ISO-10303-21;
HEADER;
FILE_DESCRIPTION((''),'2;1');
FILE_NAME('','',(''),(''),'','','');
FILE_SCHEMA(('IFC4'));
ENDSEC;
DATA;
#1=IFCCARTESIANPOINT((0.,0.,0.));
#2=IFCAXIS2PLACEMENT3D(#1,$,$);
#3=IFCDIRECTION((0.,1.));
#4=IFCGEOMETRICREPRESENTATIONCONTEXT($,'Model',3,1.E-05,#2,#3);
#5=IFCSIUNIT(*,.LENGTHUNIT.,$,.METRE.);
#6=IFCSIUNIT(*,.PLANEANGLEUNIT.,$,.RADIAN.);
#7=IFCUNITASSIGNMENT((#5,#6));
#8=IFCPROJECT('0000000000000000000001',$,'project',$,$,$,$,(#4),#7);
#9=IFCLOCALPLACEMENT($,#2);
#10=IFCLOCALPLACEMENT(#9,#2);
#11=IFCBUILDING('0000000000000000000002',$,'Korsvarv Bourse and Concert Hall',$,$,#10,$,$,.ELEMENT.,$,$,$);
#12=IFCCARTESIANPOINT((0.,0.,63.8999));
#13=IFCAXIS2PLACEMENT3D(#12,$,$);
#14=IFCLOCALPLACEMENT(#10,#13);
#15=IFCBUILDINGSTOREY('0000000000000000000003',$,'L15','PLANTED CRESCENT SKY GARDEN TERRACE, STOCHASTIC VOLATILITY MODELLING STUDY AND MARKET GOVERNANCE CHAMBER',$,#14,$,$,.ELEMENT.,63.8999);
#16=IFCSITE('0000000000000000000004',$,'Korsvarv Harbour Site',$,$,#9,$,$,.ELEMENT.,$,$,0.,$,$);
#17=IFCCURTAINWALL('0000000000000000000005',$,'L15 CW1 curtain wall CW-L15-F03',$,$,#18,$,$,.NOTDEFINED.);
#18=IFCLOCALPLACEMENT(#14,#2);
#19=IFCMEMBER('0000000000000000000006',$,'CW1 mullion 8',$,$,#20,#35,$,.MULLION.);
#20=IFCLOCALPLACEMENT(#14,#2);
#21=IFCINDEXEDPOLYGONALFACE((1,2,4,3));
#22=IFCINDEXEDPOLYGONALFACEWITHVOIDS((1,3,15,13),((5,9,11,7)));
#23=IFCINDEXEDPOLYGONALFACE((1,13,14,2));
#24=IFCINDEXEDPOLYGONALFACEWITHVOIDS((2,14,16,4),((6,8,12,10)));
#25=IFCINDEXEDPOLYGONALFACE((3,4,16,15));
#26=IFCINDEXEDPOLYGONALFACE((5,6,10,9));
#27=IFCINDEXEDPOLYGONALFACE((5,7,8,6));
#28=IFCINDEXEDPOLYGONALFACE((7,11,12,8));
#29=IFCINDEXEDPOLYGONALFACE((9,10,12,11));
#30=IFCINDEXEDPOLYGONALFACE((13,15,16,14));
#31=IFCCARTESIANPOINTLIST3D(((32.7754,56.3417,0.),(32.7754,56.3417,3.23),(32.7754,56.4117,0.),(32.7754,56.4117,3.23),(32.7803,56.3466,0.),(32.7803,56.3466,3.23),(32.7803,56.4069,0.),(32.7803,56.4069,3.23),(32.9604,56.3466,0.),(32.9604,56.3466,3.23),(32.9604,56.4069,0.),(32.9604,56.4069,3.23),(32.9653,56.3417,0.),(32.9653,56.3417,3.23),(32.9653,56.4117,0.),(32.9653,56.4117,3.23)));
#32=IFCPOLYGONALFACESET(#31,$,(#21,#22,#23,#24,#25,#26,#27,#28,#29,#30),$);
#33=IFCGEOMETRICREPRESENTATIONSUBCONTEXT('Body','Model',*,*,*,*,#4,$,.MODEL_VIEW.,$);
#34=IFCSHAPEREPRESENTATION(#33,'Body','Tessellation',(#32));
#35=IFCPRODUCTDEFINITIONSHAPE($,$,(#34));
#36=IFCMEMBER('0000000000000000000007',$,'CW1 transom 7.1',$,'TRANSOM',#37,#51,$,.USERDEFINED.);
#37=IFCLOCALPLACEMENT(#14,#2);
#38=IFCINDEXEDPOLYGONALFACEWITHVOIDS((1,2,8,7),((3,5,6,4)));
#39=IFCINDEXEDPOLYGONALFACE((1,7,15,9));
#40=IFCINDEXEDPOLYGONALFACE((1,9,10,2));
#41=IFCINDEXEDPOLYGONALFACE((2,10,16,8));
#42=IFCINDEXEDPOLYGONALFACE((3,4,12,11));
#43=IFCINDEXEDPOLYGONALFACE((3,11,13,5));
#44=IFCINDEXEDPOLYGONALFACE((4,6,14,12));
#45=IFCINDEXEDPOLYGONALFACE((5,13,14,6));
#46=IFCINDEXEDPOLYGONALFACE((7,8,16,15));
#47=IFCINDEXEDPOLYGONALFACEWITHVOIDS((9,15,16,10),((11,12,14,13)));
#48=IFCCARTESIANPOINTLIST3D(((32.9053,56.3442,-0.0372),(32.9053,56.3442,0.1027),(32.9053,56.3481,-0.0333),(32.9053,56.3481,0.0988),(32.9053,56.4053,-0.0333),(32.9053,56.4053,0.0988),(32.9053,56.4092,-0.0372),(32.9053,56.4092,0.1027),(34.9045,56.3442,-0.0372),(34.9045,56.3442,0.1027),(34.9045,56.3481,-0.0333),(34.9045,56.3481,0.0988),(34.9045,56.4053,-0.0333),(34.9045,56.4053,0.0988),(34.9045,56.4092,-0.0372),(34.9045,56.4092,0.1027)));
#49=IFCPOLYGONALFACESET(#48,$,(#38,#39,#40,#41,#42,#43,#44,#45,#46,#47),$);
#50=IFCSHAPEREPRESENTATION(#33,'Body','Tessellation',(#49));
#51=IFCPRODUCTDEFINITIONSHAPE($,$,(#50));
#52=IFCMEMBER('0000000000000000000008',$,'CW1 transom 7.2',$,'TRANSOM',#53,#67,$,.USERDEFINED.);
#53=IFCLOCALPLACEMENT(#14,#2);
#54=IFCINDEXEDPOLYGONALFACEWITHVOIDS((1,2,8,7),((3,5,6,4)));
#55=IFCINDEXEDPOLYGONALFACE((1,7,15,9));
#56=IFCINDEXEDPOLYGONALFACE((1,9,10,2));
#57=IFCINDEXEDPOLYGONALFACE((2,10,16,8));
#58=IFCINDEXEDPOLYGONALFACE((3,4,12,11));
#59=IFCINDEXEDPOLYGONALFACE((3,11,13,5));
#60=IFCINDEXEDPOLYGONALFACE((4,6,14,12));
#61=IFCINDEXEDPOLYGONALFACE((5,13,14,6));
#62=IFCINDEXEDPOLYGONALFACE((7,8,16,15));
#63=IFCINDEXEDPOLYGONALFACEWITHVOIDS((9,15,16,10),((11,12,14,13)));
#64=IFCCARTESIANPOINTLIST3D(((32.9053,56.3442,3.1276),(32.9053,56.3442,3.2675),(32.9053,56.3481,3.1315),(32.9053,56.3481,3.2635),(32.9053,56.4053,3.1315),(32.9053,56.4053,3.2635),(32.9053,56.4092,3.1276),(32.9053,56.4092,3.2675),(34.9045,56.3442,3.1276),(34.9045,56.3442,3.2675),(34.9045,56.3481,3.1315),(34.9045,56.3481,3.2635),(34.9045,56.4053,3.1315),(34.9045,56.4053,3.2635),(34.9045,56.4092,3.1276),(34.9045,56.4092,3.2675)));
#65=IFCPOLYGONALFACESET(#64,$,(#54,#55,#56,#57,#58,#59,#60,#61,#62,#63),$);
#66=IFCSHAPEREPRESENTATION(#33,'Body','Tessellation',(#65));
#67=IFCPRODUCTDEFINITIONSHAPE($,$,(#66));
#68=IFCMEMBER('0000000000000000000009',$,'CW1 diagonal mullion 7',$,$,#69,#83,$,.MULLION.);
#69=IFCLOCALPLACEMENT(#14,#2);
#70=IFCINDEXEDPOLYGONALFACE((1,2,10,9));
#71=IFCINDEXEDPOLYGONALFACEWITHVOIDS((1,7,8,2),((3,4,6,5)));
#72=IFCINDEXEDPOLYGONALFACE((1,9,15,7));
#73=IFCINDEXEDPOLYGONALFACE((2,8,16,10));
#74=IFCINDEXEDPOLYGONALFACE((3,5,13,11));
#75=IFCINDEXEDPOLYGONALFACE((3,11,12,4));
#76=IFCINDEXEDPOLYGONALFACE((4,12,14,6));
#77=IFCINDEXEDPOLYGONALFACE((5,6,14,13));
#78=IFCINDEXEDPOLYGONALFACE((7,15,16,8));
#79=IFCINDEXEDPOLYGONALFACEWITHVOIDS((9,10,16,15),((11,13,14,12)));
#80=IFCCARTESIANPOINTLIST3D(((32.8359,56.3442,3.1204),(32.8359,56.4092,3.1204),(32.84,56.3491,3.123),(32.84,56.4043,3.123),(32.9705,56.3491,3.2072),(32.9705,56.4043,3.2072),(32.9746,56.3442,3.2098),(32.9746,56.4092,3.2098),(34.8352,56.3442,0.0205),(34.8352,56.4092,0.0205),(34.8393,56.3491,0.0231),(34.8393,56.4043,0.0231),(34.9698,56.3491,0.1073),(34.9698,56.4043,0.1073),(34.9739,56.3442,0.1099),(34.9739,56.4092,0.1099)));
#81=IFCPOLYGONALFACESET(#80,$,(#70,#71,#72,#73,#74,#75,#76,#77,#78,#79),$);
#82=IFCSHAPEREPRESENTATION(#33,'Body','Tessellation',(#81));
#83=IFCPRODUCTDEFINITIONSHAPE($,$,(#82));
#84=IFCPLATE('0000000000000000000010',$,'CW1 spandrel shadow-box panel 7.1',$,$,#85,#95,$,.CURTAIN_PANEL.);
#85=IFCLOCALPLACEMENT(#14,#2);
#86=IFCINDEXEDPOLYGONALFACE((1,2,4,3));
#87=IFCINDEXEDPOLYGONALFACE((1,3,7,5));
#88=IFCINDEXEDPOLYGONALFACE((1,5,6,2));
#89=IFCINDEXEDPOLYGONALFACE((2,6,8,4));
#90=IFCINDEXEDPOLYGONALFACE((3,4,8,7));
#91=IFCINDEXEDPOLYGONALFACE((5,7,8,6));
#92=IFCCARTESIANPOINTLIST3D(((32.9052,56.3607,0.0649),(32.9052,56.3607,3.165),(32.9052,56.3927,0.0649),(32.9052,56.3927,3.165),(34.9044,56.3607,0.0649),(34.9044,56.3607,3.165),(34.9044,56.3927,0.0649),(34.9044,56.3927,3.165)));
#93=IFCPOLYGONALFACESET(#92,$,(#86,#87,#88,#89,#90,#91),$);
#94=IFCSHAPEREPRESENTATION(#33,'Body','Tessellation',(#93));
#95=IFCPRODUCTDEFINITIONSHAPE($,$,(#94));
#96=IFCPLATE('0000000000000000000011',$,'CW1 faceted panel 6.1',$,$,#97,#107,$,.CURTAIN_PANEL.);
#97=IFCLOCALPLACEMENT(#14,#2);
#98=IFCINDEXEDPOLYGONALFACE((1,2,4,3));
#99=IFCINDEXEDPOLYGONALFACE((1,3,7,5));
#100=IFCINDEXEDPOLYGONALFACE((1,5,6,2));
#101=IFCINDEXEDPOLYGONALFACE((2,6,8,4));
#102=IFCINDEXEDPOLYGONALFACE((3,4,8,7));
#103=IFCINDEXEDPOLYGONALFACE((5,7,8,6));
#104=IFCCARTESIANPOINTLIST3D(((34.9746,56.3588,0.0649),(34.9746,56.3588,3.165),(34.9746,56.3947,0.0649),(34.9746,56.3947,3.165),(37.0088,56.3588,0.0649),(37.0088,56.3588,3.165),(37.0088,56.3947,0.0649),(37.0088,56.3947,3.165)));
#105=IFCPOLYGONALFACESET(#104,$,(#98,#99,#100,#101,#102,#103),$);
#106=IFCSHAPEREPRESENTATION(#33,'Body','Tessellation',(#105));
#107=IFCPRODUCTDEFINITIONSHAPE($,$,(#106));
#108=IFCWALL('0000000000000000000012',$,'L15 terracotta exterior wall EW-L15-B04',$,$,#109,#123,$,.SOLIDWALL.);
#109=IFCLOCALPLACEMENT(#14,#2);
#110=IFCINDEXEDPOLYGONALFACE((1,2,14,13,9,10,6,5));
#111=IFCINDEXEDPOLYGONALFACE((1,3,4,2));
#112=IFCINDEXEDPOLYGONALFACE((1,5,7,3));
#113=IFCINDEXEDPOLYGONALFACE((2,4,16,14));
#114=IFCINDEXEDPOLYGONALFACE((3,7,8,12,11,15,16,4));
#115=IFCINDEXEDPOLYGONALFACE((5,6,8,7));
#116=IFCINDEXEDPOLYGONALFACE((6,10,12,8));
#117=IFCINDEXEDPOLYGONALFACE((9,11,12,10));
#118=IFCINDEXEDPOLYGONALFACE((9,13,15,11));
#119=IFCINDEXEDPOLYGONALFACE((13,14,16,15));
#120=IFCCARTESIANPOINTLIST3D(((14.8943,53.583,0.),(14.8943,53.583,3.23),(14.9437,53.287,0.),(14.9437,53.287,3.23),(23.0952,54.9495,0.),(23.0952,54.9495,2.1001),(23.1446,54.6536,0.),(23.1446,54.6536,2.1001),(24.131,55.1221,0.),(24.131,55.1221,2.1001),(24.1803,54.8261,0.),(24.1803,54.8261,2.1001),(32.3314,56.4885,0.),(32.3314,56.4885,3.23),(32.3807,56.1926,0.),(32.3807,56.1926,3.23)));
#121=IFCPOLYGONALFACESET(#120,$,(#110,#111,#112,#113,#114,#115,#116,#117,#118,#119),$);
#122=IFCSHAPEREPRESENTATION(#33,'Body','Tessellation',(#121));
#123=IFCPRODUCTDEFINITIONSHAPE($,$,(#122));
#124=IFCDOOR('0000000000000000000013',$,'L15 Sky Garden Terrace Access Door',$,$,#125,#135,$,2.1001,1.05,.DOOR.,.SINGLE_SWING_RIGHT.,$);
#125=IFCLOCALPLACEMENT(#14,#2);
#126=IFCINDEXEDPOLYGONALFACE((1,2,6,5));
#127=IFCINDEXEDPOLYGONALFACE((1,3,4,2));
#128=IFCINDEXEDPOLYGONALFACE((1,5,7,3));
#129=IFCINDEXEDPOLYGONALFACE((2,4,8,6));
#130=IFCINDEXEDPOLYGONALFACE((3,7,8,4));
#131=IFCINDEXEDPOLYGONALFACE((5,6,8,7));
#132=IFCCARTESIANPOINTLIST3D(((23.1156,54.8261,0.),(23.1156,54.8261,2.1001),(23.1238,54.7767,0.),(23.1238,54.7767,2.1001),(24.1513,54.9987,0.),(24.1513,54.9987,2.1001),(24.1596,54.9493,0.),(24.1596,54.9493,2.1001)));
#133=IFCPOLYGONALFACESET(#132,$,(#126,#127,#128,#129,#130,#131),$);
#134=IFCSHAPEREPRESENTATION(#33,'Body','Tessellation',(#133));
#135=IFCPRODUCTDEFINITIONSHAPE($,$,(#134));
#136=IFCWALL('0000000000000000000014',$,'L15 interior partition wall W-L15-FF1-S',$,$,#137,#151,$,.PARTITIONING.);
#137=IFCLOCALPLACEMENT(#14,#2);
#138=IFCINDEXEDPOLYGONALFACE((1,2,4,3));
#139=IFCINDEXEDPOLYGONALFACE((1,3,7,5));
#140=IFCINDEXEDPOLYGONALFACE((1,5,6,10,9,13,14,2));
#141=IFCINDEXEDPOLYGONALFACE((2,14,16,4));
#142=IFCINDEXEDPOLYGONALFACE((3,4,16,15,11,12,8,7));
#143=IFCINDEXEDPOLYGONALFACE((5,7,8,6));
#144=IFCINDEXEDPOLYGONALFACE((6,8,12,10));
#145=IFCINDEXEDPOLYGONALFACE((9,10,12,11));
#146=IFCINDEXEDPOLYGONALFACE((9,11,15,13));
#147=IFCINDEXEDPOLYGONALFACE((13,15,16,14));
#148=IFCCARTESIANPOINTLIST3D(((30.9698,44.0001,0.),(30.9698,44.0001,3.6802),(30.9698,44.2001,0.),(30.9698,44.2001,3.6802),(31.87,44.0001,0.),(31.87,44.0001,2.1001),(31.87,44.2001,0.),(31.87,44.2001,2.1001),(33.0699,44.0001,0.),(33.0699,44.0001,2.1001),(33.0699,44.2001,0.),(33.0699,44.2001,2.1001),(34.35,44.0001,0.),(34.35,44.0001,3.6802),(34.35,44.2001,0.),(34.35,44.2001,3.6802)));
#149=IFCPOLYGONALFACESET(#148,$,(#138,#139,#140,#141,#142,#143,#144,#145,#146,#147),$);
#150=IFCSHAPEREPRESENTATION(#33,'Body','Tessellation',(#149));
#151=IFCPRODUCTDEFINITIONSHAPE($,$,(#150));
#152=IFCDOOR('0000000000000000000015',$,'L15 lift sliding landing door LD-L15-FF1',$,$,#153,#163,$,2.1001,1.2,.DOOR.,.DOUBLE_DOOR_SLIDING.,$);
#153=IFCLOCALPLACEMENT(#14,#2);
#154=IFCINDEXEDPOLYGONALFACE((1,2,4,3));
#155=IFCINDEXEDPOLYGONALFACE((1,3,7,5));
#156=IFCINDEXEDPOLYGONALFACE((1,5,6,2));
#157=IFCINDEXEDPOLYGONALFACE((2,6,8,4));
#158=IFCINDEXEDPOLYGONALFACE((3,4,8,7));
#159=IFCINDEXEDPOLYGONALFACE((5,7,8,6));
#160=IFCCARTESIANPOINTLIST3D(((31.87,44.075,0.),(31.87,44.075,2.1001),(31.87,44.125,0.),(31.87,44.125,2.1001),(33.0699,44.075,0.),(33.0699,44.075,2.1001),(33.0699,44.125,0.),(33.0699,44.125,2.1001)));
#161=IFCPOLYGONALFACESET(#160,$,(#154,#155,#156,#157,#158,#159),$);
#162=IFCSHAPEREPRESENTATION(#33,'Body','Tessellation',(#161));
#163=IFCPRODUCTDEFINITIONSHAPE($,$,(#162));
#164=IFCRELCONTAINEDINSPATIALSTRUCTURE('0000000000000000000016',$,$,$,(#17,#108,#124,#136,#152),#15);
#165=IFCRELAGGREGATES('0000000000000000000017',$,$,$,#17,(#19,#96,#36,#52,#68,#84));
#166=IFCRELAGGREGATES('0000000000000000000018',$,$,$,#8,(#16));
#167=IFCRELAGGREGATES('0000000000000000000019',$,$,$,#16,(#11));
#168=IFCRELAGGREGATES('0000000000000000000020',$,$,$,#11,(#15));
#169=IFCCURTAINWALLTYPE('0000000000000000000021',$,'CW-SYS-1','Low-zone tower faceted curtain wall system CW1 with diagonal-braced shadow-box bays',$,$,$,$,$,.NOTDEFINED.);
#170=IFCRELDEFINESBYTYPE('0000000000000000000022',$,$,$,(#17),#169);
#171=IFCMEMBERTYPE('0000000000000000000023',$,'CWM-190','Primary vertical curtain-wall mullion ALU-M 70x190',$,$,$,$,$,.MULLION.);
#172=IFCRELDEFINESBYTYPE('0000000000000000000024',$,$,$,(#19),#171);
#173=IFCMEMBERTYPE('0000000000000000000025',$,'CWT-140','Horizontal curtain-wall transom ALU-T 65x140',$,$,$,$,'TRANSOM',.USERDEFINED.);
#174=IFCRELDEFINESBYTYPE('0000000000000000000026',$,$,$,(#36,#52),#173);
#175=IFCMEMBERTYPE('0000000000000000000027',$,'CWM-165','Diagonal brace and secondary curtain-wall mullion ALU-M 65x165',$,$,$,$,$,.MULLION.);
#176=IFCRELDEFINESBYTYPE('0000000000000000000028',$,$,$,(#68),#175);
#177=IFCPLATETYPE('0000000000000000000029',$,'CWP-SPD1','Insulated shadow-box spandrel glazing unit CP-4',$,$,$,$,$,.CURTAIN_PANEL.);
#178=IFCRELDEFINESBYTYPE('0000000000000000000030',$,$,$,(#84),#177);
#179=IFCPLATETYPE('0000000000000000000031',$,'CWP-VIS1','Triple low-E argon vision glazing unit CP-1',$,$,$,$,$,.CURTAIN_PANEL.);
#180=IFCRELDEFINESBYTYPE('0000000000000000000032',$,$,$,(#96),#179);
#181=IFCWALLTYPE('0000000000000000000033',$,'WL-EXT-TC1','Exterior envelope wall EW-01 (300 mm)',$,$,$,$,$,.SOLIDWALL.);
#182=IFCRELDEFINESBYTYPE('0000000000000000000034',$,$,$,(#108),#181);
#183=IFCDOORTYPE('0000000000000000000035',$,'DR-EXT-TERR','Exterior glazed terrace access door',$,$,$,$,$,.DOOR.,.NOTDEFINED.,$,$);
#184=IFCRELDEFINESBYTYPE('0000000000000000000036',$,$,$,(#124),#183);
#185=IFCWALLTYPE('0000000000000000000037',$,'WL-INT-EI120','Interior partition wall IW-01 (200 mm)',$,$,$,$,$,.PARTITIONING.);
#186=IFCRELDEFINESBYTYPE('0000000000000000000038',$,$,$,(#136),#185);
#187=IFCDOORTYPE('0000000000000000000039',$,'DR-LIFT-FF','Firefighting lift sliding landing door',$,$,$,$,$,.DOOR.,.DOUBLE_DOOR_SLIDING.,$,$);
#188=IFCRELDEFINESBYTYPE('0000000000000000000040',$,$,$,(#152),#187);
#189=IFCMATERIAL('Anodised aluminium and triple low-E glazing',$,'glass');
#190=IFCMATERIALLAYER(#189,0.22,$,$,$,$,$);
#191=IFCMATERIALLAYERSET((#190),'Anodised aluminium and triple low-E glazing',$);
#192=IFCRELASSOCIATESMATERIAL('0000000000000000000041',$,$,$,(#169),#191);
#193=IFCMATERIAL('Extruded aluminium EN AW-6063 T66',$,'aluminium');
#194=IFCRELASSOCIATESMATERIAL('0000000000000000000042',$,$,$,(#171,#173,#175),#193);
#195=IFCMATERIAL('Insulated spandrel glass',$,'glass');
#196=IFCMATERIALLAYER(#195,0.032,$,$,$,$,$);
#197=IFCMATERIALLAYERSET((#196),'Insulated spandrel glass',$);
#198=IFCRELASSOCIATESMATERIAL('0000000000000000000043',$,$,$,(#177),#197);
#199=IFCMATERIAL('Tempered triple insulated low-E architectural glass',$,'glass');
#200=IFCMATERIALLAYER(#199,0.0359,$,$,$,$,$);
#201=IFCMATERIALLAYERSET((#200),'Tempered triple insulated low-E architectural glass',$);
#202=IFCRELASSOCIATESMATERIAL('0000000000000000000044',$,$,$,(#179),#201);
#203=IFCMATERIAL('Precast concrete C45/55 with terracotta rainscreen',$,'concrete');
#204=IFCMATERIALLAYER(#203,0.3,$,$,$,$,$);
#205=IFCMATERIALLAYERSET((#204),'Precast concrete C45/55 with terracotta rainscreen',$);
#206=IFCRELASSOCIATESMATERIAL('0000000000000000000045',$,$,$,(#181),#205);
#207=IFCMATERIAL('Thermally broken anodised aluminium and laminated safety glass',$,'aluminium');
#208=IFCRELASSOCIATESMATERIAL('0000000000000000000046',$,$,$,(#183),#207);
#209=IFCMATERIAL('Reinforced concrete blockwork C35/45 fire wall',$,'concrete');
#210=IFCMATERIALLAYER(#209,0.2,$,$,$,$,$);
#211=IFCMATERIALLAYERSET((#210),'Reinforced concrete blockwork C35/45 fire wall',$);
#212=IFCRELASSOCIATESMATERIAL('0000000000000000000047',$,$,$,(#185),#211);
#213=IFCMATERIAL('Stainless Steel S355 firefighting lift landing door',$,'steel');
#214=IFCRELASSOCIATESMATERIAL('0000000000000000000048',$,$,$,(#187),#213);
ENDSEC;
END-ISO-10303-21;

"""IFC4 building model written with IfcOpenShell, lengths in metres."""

from ifc_helpers import new_model, si_unit, direction, frame, frame_2d, origin, origin_2d, place, context, subcontext, project, spatial, rectangle, hollow_rectangle, extrude, source, transform, mapped, material, layer, layer_set, material_profile, profile_set, type_object, element, fill, aggregate, save


model = new_model("IFC4")

# Units and contexts
model_context = context("Model", 3, precision=1e-05, world=origin(), true_north=direction((0.0, 1.0)))
body_context = subcontext(model_context, "Body", "Model", "MODEL_VIEW")
ifc_project = project(units=[si_unit("LENGTHUNIT", "METRE"), si_unit("PLANEANGLEUNIT", "RADIAN")], contexts=[model_context])

# Site, building, storey
site_placement = place(None, origin())
site = spatial("IfcSite", under=ifc_project, at=site_placement, Name="Korsvarv Harbour Site", CompositionType="ELEMENT", RefElevation=0.0)
building_placement = place(site_placement, origin())
building = spatial("IfcBuilding", under=site, at=building_placement, Name="Korsvarv Bourse and Concert Hall", CompositionType="ELEMENT")
storey_placement = place(building_placement, frame((0.0, 0.0, 63.8999)))
storey = spatial("IfcBuildingStorey", under=building, at=storey_placement, Name="L15", Description="PLANTED CRESCENT SKY GARDEN TERRACE, STOCHASTIC VOLATILITY MODELLING STUDY AND MARKET GOVERNANCE CHAMBER", CompositionType="ELEMENT", Elevation=63.8999)

# Curtain wall, members, plates
ifc_material_1 = material(Name="Anodised aluminium and triple low-E glazing", Category="glass")
ifc_layer_1 = layer(ifc_material_1, 0.22)
ifc_layer_set_1 = layer_set([ifc_layer_1], Name="Anodised aluminium and triple low-E glazing")
curtain_wall_type = type_object("IfcCurtainWallType", Name="CW-SYS-1", Description="Low-zone tower faceted curtain wall system CW1 with diagonal-braced shadow-box bays", PredefinedType="NOTDEFINED", material=ifc_layer_set_1)
curtain_wall_placement = place(storey_placement, origin())
curtain_wall = element("IfcCurtainWall", 1, at=curtain_wall_placement, inside=storey, type_object=curtain_wall_type, Name="L15 CW1 curtain wall CW-L15-F03", PredefinedType="NOTDEFINED")
ifc_material_2 = material(Name="Extruded aluminium EN AW-6063 T66", Category="aluminium")
ifc_material_profile_1 = material_profile(ifc_material_2, hollow_rectangle(XDim=0.0701, YDim=0.1899, WallThickness=0.0049, at=origin_2d()), Name="ALU-M 70x190")
ifc_profile_set_1 = profile_set([ifc_material_profile_1], Name="Extruded aluminium EN AW-6063 T66")
member_type_1 = type_object("IfcMemberType", Name="CWM-190", Description="Primary vertical curtain-wall mullion ALU-M 70x190", PredefinedType="MULLION", material=ifc_profile_set_1)
shared_shape_1 = source(origin(), body_context, "Body", "SweptSolid", [
    extrude(hollow_rectangle(XDim=0.0701, YDim=0.1899, WallThickness=0.0049, at=origin_2d()), origin(), (0.0, 0.0, 1.0), 3.23),
])
member_1_placement = place(storey_placement, frame((32.8704, 56.3767, 0.0), z_axis=(0.0, 0.0, 1.0), x_axis=(0.0, -1.0, 0.0)))
member_1 = element("IfcMember", 2, at=member_1_placement, type_object=member_type_1, Name="CW1 mullion 8", PredefinedType="MULLION", context=body_context, shape_type="MappedRepresentation", body=[
    mapped(shared_shape_1, transform((0.0, 0.0, 0.0), scale=1.0)),
])
ifc_material_profile_2 = material_profile(ifc_material_2, hollow_rectangle(XDim=0.0649, YDim=0.1399, WallThickness=0.0039, at=origin_2d()), Name="ALU-T 65x140")
ifc_profile_set_2 = profile_set([ifc_material_profile_2], Name="Extruded aluminium EN AW-6063 T66")
member_type_2 = type_object("IfcMemberType", Name="CWT-140", Description="Horizontal curtain-wall transom ALU-T 65x140", ElementType="TRANSOM", PredefinedType="USERDEFINED", material=ifc_profile_set_2)
shared_shape_2 = source(origin(), body_context, "Body", "SweptSolid", [
    extrude(hollow_rectangle(XDim=0.0649, YDim=0.1399, WallThickness=0.0039, at=origin_2d()), origin(), (0.0, 0.0, 1.0), 1.9993),
])
member_2_placement = place(storey_placement, frame((34.9045, 56.3767, 0.0327), z_axis=(-1.0, 0.0, 0.0), x_axis=(0.0, -1.0, 0.0)))
member_2 = element("IfcMember", 3, at=member_2_placement, type_object=member_type_2, Name="CW1 transom 7.1", ObjectType="TRANSOM", PredefinedType="USERDEFINED", context=body_context, shape_type="MappedRepresentation", body=[
    mapped(shared_shape_2, transform((0.0, 0.0, 0.0), scale=1.0)),
])
member_3_placement = place(storey_placement, frame((34.9045, 56.3767, 3.1975), z_axis=(-1.0, 0.0, 0.0), x_axis=(0.0, -1.0, 0.0)))
member_3 = element("IfcMember", 4, at=member_3_placement, type_object=member_type_2, Name="CW1 transom 7.2", ObjectType="TRANSOM", PredefinedType="USERDEFINED", context=body_context, shape_type="MappedRepresentation", body=[
    mapped(shared_shape_2, transform((0.0, 0.0, 0.0), scale=1.0)),
])
ifc_material_profile_3 = material_profile(ifc_material_2, hollow_rectangle(XDim=0.0649, YDim=0.165, WallThickness=0.0049, at=origin_2d()), Name="ALU-M 65x165")
ifc_profile_set_3 = profile_set([ifc_material_profile_3], Name="Extruded aluminium EN AW-6063 T66")
member_type_3 = type_object("IfcMemberType", Name="CWM-165", Description="Diagonal brace and secondary curtain-wall mullion ALU-M 65x165", PredefinedType="MULLION", material=ifc_profile_set_3)
shared_shape_3 = source(origin(), body_context, "Body", "SweptSolid", [
    extrude(hollow_rectangle(XDim=0.0649, YDim=0.165, WallThickness=0.0049, at=origin_2d()), origin(), (0.0, 0.0, 1.0), 3.6887),
])
member_4_placement = place(storey_placement, frame((34.9045, 56.3767, 0.0652), z_axis=(-0.542005, 0.0, 0.840375), x_axis=(0.0, -1.0, 0.0)))
member_4 = element("IfcMember", 5, at=member_4_placement, type_object=member_type_3, Name="CW1 diagonal mullion 7", PredefinedType="MULLION", context=body_context, shape_type="MappedRepresentation", body=[
    mapped(shared_shape_3, transform((0.0, 0.0, 0.0), scale=1.0)),
])
ifc_material_3 = material(Name="Insulated spandrel glass", Category="glass")
ifc_layer_2 = layer(ifc_material_3, 0.032)
ifc_layer_set_2 = layer_set([ifc_layer_2], Name="Insulated spandrel glass")
plate_type_1 = type_object("IfcPlateType", Name="CWP-SPD1", Description="Insulated shadow-box spandrel glazing unit CP-4", PredefinedType="CURTAIN_PANEL", material=ifc_layer_set_2)
shared_shape_4 = source(origin(), body_context, "Body", "SweptSolid", [
    extrude(rectangle(XDim=1.9993, YDim=0.032, at=origin_2d()), origin(), (0.0, 0.0, 1.0), 3.1001),
])
plate_1_placement = place(storey_placement, frame((33.9048, 56.3767, 0.0649), z_axis=(0.0, 0.0, 1.0), x_axis=(-1.0, 0.0, 0.0)))
plate_1 = element("IfcPlate", 6, at=plate_1_placement, type_object=plate_type_1, Name="CW1 spandrel shadow-box panel 7.1", PredefinedType="CURTAIN_PANEL", context=body_context, shape_type="MappedRepresentation", body=[
    mapped(shared_shape_4, transform((0.0, 0.0, 0.0), scale=1.0)),
])
ifc_material_4 = material(Name="Tempered triple insulated low-E architectural glass", Category="glass")
ifc_layer_3 = layer(ifc_material_4, 0.0359)
ifc_layer_set_3 = layer_set([ifc_layer_3], Name="Tempered triple insulated low-E architectural glass")
plate_type_2 = type_object("IfcPlateType", Name="CWP-VIS1", Description="Triple low-E argon vision glazing unit CP-1", PredefinedType="CURTAIN_PANEL", material=ifc_layer_set_3)
shared_shape_5 = source(origin(), body_context, "Body", "SweptSolid", [
    extrude(rectangle(XDim=2.0342, YDim=0.0359, at=origin_2d()), origin(), (0.0, 0.0, 1.0), 3.1001),
])
plate_2_placement = place(storey_placement, frame((35.9917, 56.3767, 0.0649), z_axis=(0.0, 0.0, 1.0), x_axis=(-1.0, 0.0, 0.0)))
plate_2 = element("IfcPlate", 7, at=plate_2_placement, type_object=plate_type_2, Name="CW1 faceted panel 6.1", PredefinedType="CURTAIN_PANEL", context=body_context, shape_type="MappedRepresentation", body=[
    mapped(shared_shape_5, transform((0.0, 0.0, 0.0), scale=1.0)),
])
aggregate(curtain_wall, [member_1, plate_2, member_2, member_3, member_4, plate_1])

# Walls, openings, doors
ifc_material_5 = material(Name="Precast concrete C45/55 with terracotta rainscreen", Category="concrete")
ifc_layer_4 = layer(ifc_material_5, 0.3)
ifc_layer_set_4 = layer_set([ifc_layer_4], Name="Precast concrete C45/55 with terracotta rainscreen")
wall_type_1 = type_object("IfcWallType", Name="WL-EXT-TC1", Description="Exterior envelope wall EW-01 (300 mm)", PredefinedType="SOLIDWALL", material=ifc_layer_set_4)
wall_1_placement = place(storey_placement, frame((32.3562, 56.3406, 0.0), z_axis=(0.0, 0.0, 1.0), x_axis=(-0.9864, -0.164363, 0.0)))
wall_1 = element("IfcWall", 8, at=wall_1_placement, inside=storey, type_object=wall_type_1, Name="L15 terracotta exterior wall EW-L15-B04", PredefinedType="SOLIDWALL", context=body_context, shape_type="SweptSolid", body=[
    extrude(rectangle(XDim=17.6775, YDim=0.3, at=frame_2d((8.8389, 0.0))), origin(), (0.0, 0.0, 1.0), 3.23),
])
opening_1_placement = place(wall_1_placement, frame((8.3137, 0.0, 0.0)))
opening_1 = element("IfcOpeningElement", 9, at=opening_1_placement, cuts=wall_1, PredefinedType="OPENING", context=body_context, shape_type="SweptSolid", body=[
    extrude(rectangle(XDim=1.05, YDim=2.1001, at=frame_2d((0.5249, 1.05))), frame((0.0, 0.1602, 0.0), z_axis=(0.0, -1.0, 0.0), x_axis=(1.0, 0.0, 0.0)), (0.0, 0.0, 1.0), 0.3201),
])
ifc_material_6 = material(Name="Thermally broken anodised aluminium and laminated safety glass", Category="aluminium")
door_type_1 = type_object("IfcDoorType", Name="DR-EXT-TERR", Description="Exterior glazed terrace access door", OperationType="NOTDEFINED", PredefinedType="DOOR", material=ifc_material_6)
door_1_placement = place(opening_1_placement, frame((1.05, 0.0, 0.0), z_axis=(0.0, 0.0, 1.0), x_axis=(-1.0, 0.0, 0.0)))
door_1 = element("IfcDoor", 10, at=door_1_placement, inside=storey, type_object=door_type_1, Name="L15 Sky Garden Terrace Access Door", OperationType="SINGLE_SWING_RIGHT", OverallHeight=2.1001, OverallWidth=1.05, PredefinedType="DOOR", context=body_context, shape_type="SweptSolid", body=[
    extrude(rectangle(XDim=1.05, YDim=2.1001, at=frame_2d((0.5249, 1.05))), frame((0.0, 0.0249, 0.0), z_axis=(0.0, -1.0, 0.0), x_axis=(1.0, 0.0, 0.0)), (0.0, 0.0, 1.0), 0.05),
])
fill(opening_1, door_1)
ifc_material_7 = material(Name="Reinforced concrete blockwork C35/45 fire wall", Category="concrete")
ifc_layer_5 = layer(ifc_material_7, 0.2)
ifc_layer_set_5 = layer_set([ifc_layer_5], Name="Reinforced concrete blockwork C35/45 fire wall")
wall_type_2 = type_object("IfcWallType", Name="WL-INT-EI120", Description="Interior partition wall IW-01 (200 mm)", PredefinedType="PARTITIONING", material=ifc_layer_set_5)
wall_2_placement = place(storey_placement, frame((30.97, 44.1001, 0.0), z_axis=(0.0, 0.0, 1.0), x_axis=(1.0, 0.0, 0.0)))
wall_2 = element("IfcWall", 11, at=wall_2_placement, inside=storey, type_object=wall_type_2, Name="L15 interior partition wall W-L15-FF1-S", PredefinedType="PARTITIONING", context=body_context, shape_type="SweptSolid", body=[
    extrude(rectangle(XDim=3.3801, YDim=0.2, at=frame_2d((1.6899, 0.0))), origin(), (0.0, 0.0, 1.0), 3.6802),
])
opening_2_placement = place(wall_2_placement, frame((0.8999, 0.0, 0.0)))
opening_2 = element("IfcOpeningElement", 12, at=opening_2_placement, cuts=wall_2, PredefinedType="OPENING", context=body_context, shape_type="SweptSolid", body=[
    extrude(rectangle(XDim=1.2, YDim=2.1001, at=frame_2d((0.6001, 1.05))), frame((0.0, 0.1099, 0.0), z_axis=(0.0, -1.0, 0.0), x_axis=(1.0, 0.0, 0.0)), (0.0, 0.0, 1.0), 0.22),
])
ifc_material_8 = material(Name="Stainless Steel S355 firefighting lift landing door", Category="steel")
door_type_2 = type_object("IfcDoorType", Name="DR-LIFT-FF", Description="Firefighting lift sliding landing door", OperationType="DOUBLE_DOOR_SLIDING", PredefinedType="DOOR", material=ifc_material_8)
door_2_placement = place(opening_2_placement, origin())
door_2 = element("IfcDoor", 13, at=door_2_placement, inside=storey, type_object=door_type_2, Name="L15 lift sliding landing door LD-L15-FF1", OperationType="DOUBLE_DOOR_SLIDING", OverallHeight=2.1001, OverallWidth=1.2, PredefinedType="DOOR", context=body_context, shape_type="SweptSolid", body=[
    extrude(rectangle(XDim=1.2, YDim=2.1001, at=frame_2d((0.6001, 1.05))), frame((0.0, 0.0249, 0.0), z_axis=(0.0, -1.0, 0.0), x_axis=(1.0, 0.0, 0.0)), (0.0, 0.0, 1.0), 0.05),
])
fill(opening_2, door_2)

save(model, "model.ifc")
